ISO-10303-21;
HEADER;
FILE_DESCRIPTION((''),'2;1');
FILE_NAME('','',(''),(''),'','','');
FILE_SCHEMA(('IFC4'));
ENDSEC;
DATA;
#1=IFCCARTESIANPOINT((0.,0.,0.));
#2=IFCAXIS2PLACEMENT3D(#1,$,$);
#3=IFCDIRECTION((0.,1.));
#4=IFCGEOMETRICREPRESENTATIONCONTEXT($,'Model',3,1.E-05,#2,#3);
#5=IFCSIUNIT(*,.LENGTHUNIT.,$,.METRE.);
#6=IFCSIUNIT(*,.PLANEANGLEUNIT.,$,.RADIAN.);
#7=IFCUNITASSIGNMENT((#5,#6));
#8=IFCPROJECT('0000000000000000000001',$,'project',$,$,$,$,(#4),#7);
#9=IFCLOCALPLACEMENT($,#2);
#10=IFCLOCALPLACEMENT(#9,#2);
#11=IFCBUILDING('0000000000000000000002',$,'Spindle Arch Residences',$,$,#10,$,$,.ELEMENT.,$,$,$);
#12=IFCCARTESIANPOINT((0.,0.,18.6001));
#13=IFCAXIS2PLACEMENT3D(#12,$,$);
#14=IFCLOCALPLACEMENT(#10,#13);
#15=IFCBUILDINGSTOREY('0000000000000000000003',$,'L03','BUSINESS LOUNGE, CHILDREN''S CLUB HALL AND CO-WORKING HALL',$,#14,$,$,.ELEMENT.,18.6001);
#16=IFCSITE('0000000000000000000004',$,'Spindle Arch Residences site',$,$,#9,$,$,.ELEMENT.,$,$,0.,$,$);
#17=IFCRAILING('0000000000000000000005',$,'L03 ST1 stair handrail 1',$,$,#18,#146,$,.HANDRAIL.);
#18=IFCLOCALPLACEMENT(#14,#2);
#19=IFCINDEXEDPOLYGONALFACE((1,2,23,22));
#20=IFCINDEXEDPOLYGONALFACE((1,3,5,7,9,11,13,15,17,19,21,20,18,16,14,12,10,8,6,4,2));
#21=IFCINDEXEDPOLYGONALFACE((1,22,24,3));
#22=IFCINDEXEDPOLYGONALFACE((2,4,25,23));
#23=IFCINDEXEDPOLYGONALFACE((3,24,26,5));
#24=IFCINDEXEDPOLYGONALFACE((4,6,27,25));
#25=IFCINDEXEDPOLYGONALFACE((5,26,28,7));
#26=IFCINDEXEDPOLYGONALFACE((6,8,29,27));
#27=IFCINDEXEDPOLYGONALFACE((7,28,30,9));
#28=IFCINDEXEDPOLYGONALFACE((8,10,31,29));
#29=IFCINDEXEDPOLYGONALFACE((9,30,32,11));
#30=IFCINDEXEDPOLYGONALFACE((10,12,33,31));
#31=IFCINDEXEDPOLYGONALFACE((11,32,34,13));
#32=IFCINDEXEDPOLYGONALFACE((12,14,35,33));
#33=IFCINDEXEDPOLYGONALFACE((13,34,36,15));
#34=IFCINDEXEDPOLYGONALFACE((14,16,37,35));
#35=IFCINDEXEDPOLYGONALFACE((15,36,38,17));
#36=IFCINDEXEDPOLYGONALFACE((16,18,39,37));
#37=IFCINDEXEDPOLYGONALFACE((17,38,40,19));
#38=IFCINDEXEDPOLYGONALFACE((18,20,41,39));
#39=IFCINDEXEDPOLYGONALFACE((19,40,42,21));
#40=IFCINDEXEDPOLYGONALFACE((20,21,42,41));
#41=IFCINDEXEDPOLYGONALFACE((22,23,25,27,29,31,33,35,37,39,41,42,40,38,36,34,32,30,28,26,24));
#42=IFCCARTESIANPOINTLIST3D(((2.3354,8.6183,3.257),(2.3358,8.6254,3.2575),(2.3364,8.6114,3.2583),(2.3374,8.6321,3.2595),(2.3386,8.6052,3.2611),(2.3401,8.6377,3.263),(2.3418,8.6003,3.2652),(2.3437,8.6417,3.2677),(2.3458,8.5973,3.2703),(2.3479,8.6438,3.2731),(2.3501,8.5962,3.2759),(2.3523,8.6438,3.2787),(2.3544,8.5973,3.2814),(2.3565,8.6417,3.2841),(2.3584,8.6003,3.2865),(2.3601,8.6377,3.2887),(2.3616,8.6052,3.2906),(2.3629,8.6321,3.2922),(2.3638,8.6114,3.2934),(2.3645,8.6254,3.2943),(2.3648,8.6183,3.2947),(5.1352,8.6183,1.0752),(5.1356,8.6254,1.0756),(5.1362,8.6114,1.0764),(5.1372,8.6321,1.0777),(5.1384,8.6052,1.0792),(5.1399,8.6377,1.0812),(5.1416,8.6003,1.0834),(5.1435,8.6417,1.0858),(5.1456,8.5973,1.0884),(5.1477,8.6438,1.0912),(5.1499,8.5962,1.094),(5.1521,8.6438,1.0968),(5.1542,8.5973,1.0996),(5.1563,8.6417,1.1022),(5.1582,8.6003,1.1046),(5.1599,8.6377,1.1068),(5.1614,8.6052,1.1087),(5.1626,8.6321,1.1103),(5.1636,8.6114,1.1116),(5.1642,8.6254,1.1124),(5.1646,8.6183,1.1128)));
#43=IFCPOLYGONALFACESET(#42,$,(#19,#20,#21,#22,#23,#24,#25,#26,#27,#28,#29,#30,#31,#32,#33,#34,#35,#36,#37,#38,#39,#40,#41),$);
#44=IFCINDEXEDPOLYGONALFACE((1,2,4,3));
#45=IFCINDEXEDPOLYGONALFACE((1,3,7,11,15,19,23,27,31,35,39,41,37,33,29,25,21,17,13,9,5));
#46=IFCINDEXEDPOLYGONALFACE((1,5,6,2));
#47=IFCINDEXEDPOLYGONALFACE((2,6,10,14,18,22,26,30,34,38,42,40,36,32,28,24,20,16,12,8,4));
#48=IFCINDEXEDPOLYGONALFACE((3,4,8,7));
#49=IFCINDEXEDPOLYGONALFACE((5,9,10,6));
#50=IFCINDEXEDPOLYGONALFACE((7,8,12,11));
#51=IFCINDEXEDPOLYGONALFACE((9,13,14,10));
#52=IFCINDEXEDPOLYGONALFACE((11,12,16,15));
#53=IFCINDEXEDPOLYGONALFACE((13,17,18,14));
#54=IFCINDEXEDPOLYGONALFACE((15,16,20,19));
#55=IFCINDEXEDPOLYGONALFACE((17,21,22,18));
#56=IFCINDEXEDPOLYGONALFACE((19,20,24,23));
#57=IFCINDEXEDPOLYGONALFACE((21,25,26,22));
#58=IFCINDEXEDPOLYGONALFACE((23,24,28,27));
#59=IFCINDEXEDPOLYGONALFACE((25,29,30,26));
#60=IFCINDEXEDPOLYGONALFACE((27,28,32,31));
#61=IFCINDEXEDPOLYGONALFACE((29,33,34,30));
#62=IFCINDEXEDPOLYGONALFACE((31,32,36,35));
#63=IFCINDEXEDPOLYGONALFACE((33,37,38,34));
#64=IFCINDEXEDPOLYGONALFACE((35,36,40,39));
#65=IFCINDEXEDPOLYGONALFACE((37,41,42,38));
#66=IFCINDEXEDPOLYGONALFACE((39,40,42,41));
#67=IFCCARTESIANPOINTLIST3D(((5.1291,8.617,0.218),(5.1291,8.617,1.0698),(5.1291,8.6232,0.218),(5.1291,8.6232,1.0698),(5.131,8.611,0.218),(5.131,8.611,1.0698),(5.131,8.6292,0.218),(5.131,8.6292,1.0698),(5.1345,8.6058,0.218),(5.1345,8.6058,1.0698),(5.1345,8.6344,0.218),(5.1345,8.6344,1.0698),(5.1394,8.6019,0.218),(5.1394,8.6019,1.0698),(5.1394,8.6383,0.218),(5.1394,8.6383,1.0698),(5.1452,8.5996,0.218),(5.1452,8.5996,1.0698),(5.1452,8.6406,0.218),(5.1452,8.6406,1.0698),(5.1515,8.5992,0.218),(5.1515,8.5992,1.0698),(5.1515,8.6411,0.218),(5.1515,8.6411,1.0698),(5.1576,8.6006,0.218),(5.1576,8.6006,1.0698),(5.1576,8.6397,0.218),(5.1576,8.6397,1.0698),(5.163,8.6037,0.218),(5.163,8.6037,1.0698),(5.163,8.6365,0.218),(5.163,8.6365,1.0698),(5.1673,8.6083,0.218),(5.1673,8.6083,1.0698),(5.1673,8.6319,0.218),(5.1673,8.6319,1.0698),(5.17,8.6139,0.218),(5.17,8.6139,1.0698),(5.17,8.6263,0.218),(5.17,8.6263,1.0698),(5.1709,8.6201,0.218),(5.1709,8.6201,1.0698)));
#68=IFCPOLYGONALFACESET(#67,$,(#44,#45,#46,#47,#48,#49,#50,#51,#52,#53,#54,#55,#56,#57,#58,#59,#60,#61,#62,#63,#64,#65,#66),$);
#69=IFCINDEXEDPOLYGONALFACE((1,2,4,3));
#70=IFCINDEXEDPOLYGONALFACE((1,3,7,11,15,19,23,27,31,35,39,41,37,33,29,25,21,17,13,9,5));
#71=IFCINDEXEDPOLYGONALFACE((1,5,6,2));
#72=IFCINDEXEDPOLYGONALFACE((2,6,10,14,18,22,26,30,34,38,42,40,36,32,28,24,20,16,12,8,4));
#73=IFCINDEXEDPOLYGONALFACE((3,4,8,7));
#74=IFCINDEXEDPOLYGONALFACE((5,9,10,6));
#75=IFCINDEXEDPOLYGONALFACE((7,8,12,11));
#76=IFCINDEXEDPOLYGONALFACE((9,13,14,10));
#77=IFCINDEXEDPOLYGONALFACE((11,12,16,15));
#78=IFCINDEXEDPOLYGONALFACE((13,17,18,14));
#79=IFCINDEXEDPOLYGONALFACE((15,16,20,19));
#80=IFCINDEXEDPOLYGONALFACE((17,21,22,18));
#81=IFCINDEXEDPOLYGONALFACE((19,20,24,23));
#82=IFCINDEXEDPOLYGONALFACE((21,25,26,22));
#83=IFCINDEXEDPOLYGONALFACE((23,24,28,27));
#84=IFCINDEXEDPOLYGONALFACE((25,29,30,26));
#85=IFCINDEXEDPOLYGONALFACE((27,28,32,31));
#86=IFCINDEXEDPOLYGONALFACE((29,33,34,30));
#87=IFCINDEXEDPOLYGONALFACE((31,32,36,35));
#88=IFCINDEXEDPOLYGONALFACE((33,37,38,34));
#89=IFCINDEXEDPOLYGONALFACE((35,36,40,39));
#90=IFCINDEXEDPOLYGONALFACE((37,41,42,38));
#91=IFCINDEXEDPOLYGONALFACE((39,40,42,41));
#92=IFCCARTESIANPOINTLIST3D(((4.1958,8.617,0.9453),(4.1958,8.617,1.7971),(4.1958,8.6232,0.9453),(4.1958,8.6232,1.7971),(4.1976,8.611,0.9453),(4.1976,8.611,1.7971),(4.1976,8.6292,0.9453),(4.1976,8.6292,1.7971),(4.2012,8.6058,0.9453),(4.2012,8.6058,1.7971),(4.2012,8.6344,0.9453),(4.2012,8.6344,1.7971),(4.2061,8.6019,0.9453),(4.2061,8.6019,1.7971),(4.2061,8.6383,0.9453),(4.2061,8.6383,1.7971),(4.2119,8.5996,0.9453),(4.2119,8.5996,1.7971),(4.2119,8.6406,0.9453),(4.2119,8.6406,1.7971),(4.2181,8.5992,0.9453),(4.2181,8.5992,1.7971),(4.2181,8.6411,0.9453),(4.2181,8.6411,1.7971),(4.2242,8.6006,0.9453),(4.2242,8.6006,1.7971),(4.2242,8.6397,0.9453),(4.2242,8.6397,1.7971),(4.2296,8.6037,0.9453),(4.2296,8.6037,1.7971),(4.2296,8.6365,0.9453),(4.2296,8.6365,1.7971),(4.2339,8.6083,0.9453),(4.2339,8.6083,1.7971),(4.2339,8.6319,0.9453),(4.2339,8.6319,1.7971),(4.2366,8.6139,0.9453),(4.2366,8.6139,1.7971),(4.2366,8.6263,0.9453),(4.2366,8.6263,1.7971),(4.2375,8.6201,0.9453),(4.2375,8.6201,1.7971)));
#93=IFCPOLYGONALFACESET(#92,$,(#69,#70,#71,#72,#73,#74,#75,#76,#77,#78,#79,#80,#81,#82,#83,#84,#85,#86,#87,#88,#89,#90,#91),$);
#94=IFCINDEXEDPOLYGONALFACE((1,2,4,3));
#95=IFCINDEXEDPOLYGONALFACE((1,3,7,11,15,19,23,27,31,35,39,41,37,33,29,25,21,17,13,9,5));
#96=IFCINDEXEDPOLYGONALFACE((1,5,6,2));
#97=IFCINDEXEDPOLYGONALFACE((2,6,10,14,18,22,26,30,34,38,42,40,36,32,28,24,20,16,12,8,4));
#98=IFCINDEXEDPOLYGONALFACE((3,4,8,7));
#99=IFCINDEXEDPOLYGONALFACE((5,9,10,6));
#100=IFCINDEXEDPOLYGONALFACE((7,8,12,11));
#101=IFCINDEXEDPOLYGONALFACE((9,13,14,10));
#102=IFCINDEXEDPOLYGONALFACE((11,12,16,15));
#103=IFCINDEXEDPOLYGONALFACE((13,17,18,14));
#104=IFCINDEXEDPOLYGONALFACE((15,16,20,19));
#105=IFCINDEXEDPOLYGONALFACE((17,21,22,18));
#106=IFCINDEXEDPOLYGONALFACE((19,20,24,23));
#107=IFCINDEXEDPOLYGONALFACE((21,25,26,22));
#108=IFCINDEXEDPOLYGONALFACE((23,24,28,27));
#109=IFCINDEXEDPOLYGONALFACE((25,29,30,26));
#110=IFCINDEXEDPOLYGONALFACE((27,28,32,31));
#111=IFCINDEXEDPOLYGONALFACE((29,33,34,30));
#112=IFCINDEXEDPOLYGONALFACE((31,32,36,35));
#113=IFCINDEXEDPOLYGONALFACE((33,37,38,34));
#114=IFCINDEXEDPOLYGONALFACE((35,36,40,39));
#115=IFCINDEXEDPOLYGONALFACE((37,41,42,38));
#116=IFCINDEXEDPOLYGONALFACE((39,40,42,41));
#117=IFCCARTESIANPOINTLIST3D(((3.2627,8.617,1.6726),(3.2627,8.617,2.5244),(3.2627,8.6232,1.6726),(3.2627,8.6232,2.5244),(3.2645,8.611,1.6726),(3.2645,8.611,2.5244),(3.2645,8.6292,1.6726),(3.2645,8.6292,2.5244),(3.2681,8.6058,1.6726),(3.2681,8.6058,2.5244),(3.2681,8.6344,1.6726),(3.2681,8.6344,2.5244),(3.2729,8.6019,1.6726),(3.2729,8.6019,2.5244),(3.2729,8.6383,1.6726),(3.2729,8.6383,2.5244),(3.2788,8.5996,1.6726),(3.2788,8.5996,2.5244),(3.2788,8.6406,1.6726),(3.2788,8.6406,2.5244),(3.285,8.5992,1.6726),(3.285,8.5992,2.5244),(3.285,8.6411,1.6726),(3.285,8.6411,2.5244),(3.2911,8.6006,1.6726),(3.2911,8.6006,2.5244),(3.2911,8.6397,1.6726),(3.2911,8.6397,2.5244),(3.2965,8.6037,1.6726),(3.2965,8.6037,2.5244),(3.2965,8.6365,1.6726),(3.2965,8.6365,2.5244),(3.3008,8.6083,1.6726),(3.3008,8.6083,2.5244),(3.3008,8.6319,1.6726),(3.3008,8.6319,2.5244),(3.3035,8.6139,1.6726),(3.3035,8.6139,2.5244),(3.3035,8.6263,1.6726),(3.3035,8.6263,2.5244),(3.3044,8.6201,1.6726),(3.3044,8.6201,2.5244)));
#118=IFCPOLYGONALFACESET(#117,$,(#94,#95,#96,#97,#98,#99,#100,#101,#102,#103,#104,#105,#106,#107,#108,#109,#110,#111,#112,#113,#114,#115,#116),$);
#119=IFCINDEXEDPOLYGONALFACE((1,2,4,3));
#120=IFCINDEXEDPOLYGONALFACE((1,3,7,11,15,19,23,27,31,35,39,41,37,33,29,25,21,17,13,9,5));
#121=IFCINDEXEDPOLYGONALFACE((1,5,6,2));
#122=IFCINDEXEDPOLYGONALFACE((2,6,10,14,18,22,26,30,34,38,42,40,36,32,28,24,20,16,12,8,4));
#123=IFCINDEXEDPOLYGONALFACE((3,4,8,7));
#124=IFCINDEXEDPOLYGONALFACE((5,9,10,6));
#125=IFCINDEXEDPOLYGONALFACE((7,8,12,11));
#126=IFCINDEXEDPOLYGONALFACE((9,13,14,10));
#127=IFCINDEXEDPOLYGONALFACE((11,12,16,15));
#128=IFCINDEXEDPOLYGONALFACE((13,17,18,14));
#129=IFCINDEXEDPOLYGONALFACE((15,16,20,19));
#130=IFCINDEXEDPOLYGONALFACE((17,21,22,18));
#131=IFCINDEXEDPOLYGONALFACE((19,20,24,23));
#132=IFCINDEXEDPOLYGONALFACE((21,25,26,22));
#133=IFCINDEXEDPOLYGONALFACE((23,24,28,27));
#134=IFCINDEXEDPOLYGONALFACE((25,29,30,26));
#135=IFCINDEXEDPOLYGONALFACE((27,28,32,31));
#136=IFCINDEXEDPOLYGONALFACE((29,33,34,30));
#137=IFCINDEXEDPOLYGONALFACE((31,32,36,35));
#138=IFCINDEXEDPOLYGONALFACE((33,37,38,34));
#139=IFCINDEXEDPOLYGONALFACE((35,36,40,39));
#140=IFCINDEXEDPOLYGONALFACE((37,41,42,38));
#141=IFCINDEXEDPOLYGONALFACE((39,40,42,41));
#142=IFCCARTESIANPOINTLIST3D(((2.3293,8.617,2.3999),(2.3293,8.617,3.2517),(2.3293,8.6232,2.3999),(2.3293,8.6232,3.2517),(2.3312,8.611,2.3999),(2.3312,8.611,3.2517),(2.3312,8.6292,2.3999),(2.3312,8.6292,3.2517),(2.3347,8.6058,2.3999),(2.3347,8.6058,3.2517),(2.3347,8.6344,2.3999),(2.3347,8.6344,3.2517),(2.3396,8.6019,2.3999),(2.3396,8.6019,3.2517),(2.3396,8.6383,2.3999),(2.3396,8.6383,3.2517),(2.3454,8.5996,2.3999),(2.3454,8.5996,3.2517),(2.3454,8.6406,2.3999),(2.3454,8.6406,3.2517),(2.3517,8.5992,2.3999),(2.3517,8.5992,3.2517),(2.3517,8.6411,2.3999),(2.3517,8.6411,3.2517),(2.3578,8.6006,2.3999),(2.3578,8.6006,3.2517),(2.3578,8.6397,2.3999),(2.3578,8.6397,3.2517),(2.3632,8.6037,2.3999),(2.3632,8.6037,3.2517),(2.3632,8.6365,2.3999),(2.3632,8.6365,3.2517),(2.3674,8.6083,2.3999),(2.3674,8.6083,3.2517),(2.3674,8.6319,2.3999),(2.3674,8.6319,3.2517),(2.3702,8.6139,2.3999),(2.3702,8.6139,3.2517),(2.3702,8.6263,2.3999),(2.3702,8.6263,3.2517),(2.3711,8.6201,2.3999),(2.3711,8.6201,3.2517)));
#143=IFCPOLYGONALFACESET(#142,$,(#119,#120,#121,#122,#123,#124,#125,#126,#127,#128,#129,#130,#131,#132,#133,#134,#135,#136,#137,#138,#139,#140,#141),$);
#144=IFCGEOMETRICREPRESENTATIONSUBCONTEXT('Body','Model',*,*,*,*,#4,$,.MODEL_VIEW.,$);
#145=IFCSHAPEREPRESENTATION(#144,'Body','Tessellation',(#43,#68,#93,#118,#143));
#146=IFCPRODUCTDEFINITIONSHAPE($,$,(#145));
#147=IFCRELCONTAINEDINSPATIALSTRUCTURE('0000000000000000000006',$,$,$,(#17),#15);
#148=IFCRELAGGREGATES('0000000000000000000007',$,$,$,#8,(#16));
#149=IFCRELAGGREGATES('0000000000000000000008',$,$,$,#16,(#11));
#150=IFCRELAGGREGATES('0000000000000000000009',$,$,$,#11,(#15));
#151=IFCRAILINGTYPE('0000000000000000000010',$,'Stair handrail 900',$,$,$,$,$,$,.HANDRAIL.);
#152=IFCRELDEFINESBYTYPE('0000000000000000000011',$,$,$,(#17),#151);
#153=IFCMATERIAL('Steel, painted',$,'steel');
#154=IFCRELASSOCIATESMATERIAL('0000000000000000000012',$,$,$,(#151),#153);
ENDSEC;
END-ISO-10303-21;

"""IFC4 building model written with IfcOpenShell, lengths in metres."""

from ifc_helpers import new_model, si_unit, direction, frame, origin, origin_2d, place, context, subcontext, project, spatial, circle, extrude, material, type_object, element, save


model = new_model("IFC4")

# Units and contexts
model_context = context("Model", 3, precision=1e-05, world=origin(), true_north=direction((0.0, 1.0)))
body_context = subcontext(model_context, "Body", "Model", "MODEL_VIEW")
ifc_project = project(units=[si_unit("LENGTHUNIT", "METRE"), si_unit("PLANEANGLEUNIT", "RADIAN")], contexts=[model_context])

# Site, building, storey
site_placement = place(None, origin())
site = spatial("IfcSite", under=ifc_project, at=site_placement, Name="Spindle Arch Residences site", CompositionType="ELEMENT", RefElevation=0.0)
building_placement = place(site_placement, origin())
building = spatial("IfcBuilding", under=site, at=building_placement, Name="Spindle Arch Residences", CompositionType="ELEMENT")
storey_placement = place(building_placement, frame((0.0, 0.0, 18.6001)))
storey = spatial("IfcBuildingStorey", under=building, at=storey_placement, Name="L03", Description="BUSINESS LOUNGE, CHILDREN'S CLUB HALL AND CO-WORKING HALL", CompositionType="ELEMENT", Elevation=18.6001)

# Railing
ifc_material_1 = material(Name="Steel, painted", Category="steel")
railing_type_1 = type_object("IfcRailingType", Name="Stair handrail 900", PredefinedType="HANDRAIL", material=ifc_material_1)
railing_1_placement = place(storey_placement, frame((5.1499, 8.6201, 0.218)))
element("IfcRailing", 1, at=railing_1_placement, inside=storey, type_object=railing_type_1, Name="L03 ST1 stair handrail 1", PredefinedType="HANDRAIL", context=body_context, shape_type="SweptSolid", body=[
    extrude(circle(Radius=0.0239, at=origin_2d()), frame((0.0, 0.0, 0.876), z_axis=(-0.78877, 0.0, 0.614688), x_axis=(0.0, -1.0, 0.0)), (0.0, 0.0, 1.0), 3.5496),
    extrude(circle(Radius=0.021, at=origin_2d()), origin(), (0.0, 0.0, 1.0), 0.8518),
    extrude(circle(Radius=0.021, at=origin_2d()), frame((-0.9333, 0.0, 0.7273)), (0.0, 0.0, 1.0), 0.8518),
    extrude(circle(Radius=0.021, at=origin_2d()), frame((-1.8665, 0.0, 1.4546)), (0.0, 0.0, 1.0), 0.8518),
    extrude(circle(Radius=0.021, at=origin_2d()), frame((-2.7998, 0.0, 2.1819)), (0.0, 0.0, 1.0), 0.8518),
])

save(model, "model.ifc")
